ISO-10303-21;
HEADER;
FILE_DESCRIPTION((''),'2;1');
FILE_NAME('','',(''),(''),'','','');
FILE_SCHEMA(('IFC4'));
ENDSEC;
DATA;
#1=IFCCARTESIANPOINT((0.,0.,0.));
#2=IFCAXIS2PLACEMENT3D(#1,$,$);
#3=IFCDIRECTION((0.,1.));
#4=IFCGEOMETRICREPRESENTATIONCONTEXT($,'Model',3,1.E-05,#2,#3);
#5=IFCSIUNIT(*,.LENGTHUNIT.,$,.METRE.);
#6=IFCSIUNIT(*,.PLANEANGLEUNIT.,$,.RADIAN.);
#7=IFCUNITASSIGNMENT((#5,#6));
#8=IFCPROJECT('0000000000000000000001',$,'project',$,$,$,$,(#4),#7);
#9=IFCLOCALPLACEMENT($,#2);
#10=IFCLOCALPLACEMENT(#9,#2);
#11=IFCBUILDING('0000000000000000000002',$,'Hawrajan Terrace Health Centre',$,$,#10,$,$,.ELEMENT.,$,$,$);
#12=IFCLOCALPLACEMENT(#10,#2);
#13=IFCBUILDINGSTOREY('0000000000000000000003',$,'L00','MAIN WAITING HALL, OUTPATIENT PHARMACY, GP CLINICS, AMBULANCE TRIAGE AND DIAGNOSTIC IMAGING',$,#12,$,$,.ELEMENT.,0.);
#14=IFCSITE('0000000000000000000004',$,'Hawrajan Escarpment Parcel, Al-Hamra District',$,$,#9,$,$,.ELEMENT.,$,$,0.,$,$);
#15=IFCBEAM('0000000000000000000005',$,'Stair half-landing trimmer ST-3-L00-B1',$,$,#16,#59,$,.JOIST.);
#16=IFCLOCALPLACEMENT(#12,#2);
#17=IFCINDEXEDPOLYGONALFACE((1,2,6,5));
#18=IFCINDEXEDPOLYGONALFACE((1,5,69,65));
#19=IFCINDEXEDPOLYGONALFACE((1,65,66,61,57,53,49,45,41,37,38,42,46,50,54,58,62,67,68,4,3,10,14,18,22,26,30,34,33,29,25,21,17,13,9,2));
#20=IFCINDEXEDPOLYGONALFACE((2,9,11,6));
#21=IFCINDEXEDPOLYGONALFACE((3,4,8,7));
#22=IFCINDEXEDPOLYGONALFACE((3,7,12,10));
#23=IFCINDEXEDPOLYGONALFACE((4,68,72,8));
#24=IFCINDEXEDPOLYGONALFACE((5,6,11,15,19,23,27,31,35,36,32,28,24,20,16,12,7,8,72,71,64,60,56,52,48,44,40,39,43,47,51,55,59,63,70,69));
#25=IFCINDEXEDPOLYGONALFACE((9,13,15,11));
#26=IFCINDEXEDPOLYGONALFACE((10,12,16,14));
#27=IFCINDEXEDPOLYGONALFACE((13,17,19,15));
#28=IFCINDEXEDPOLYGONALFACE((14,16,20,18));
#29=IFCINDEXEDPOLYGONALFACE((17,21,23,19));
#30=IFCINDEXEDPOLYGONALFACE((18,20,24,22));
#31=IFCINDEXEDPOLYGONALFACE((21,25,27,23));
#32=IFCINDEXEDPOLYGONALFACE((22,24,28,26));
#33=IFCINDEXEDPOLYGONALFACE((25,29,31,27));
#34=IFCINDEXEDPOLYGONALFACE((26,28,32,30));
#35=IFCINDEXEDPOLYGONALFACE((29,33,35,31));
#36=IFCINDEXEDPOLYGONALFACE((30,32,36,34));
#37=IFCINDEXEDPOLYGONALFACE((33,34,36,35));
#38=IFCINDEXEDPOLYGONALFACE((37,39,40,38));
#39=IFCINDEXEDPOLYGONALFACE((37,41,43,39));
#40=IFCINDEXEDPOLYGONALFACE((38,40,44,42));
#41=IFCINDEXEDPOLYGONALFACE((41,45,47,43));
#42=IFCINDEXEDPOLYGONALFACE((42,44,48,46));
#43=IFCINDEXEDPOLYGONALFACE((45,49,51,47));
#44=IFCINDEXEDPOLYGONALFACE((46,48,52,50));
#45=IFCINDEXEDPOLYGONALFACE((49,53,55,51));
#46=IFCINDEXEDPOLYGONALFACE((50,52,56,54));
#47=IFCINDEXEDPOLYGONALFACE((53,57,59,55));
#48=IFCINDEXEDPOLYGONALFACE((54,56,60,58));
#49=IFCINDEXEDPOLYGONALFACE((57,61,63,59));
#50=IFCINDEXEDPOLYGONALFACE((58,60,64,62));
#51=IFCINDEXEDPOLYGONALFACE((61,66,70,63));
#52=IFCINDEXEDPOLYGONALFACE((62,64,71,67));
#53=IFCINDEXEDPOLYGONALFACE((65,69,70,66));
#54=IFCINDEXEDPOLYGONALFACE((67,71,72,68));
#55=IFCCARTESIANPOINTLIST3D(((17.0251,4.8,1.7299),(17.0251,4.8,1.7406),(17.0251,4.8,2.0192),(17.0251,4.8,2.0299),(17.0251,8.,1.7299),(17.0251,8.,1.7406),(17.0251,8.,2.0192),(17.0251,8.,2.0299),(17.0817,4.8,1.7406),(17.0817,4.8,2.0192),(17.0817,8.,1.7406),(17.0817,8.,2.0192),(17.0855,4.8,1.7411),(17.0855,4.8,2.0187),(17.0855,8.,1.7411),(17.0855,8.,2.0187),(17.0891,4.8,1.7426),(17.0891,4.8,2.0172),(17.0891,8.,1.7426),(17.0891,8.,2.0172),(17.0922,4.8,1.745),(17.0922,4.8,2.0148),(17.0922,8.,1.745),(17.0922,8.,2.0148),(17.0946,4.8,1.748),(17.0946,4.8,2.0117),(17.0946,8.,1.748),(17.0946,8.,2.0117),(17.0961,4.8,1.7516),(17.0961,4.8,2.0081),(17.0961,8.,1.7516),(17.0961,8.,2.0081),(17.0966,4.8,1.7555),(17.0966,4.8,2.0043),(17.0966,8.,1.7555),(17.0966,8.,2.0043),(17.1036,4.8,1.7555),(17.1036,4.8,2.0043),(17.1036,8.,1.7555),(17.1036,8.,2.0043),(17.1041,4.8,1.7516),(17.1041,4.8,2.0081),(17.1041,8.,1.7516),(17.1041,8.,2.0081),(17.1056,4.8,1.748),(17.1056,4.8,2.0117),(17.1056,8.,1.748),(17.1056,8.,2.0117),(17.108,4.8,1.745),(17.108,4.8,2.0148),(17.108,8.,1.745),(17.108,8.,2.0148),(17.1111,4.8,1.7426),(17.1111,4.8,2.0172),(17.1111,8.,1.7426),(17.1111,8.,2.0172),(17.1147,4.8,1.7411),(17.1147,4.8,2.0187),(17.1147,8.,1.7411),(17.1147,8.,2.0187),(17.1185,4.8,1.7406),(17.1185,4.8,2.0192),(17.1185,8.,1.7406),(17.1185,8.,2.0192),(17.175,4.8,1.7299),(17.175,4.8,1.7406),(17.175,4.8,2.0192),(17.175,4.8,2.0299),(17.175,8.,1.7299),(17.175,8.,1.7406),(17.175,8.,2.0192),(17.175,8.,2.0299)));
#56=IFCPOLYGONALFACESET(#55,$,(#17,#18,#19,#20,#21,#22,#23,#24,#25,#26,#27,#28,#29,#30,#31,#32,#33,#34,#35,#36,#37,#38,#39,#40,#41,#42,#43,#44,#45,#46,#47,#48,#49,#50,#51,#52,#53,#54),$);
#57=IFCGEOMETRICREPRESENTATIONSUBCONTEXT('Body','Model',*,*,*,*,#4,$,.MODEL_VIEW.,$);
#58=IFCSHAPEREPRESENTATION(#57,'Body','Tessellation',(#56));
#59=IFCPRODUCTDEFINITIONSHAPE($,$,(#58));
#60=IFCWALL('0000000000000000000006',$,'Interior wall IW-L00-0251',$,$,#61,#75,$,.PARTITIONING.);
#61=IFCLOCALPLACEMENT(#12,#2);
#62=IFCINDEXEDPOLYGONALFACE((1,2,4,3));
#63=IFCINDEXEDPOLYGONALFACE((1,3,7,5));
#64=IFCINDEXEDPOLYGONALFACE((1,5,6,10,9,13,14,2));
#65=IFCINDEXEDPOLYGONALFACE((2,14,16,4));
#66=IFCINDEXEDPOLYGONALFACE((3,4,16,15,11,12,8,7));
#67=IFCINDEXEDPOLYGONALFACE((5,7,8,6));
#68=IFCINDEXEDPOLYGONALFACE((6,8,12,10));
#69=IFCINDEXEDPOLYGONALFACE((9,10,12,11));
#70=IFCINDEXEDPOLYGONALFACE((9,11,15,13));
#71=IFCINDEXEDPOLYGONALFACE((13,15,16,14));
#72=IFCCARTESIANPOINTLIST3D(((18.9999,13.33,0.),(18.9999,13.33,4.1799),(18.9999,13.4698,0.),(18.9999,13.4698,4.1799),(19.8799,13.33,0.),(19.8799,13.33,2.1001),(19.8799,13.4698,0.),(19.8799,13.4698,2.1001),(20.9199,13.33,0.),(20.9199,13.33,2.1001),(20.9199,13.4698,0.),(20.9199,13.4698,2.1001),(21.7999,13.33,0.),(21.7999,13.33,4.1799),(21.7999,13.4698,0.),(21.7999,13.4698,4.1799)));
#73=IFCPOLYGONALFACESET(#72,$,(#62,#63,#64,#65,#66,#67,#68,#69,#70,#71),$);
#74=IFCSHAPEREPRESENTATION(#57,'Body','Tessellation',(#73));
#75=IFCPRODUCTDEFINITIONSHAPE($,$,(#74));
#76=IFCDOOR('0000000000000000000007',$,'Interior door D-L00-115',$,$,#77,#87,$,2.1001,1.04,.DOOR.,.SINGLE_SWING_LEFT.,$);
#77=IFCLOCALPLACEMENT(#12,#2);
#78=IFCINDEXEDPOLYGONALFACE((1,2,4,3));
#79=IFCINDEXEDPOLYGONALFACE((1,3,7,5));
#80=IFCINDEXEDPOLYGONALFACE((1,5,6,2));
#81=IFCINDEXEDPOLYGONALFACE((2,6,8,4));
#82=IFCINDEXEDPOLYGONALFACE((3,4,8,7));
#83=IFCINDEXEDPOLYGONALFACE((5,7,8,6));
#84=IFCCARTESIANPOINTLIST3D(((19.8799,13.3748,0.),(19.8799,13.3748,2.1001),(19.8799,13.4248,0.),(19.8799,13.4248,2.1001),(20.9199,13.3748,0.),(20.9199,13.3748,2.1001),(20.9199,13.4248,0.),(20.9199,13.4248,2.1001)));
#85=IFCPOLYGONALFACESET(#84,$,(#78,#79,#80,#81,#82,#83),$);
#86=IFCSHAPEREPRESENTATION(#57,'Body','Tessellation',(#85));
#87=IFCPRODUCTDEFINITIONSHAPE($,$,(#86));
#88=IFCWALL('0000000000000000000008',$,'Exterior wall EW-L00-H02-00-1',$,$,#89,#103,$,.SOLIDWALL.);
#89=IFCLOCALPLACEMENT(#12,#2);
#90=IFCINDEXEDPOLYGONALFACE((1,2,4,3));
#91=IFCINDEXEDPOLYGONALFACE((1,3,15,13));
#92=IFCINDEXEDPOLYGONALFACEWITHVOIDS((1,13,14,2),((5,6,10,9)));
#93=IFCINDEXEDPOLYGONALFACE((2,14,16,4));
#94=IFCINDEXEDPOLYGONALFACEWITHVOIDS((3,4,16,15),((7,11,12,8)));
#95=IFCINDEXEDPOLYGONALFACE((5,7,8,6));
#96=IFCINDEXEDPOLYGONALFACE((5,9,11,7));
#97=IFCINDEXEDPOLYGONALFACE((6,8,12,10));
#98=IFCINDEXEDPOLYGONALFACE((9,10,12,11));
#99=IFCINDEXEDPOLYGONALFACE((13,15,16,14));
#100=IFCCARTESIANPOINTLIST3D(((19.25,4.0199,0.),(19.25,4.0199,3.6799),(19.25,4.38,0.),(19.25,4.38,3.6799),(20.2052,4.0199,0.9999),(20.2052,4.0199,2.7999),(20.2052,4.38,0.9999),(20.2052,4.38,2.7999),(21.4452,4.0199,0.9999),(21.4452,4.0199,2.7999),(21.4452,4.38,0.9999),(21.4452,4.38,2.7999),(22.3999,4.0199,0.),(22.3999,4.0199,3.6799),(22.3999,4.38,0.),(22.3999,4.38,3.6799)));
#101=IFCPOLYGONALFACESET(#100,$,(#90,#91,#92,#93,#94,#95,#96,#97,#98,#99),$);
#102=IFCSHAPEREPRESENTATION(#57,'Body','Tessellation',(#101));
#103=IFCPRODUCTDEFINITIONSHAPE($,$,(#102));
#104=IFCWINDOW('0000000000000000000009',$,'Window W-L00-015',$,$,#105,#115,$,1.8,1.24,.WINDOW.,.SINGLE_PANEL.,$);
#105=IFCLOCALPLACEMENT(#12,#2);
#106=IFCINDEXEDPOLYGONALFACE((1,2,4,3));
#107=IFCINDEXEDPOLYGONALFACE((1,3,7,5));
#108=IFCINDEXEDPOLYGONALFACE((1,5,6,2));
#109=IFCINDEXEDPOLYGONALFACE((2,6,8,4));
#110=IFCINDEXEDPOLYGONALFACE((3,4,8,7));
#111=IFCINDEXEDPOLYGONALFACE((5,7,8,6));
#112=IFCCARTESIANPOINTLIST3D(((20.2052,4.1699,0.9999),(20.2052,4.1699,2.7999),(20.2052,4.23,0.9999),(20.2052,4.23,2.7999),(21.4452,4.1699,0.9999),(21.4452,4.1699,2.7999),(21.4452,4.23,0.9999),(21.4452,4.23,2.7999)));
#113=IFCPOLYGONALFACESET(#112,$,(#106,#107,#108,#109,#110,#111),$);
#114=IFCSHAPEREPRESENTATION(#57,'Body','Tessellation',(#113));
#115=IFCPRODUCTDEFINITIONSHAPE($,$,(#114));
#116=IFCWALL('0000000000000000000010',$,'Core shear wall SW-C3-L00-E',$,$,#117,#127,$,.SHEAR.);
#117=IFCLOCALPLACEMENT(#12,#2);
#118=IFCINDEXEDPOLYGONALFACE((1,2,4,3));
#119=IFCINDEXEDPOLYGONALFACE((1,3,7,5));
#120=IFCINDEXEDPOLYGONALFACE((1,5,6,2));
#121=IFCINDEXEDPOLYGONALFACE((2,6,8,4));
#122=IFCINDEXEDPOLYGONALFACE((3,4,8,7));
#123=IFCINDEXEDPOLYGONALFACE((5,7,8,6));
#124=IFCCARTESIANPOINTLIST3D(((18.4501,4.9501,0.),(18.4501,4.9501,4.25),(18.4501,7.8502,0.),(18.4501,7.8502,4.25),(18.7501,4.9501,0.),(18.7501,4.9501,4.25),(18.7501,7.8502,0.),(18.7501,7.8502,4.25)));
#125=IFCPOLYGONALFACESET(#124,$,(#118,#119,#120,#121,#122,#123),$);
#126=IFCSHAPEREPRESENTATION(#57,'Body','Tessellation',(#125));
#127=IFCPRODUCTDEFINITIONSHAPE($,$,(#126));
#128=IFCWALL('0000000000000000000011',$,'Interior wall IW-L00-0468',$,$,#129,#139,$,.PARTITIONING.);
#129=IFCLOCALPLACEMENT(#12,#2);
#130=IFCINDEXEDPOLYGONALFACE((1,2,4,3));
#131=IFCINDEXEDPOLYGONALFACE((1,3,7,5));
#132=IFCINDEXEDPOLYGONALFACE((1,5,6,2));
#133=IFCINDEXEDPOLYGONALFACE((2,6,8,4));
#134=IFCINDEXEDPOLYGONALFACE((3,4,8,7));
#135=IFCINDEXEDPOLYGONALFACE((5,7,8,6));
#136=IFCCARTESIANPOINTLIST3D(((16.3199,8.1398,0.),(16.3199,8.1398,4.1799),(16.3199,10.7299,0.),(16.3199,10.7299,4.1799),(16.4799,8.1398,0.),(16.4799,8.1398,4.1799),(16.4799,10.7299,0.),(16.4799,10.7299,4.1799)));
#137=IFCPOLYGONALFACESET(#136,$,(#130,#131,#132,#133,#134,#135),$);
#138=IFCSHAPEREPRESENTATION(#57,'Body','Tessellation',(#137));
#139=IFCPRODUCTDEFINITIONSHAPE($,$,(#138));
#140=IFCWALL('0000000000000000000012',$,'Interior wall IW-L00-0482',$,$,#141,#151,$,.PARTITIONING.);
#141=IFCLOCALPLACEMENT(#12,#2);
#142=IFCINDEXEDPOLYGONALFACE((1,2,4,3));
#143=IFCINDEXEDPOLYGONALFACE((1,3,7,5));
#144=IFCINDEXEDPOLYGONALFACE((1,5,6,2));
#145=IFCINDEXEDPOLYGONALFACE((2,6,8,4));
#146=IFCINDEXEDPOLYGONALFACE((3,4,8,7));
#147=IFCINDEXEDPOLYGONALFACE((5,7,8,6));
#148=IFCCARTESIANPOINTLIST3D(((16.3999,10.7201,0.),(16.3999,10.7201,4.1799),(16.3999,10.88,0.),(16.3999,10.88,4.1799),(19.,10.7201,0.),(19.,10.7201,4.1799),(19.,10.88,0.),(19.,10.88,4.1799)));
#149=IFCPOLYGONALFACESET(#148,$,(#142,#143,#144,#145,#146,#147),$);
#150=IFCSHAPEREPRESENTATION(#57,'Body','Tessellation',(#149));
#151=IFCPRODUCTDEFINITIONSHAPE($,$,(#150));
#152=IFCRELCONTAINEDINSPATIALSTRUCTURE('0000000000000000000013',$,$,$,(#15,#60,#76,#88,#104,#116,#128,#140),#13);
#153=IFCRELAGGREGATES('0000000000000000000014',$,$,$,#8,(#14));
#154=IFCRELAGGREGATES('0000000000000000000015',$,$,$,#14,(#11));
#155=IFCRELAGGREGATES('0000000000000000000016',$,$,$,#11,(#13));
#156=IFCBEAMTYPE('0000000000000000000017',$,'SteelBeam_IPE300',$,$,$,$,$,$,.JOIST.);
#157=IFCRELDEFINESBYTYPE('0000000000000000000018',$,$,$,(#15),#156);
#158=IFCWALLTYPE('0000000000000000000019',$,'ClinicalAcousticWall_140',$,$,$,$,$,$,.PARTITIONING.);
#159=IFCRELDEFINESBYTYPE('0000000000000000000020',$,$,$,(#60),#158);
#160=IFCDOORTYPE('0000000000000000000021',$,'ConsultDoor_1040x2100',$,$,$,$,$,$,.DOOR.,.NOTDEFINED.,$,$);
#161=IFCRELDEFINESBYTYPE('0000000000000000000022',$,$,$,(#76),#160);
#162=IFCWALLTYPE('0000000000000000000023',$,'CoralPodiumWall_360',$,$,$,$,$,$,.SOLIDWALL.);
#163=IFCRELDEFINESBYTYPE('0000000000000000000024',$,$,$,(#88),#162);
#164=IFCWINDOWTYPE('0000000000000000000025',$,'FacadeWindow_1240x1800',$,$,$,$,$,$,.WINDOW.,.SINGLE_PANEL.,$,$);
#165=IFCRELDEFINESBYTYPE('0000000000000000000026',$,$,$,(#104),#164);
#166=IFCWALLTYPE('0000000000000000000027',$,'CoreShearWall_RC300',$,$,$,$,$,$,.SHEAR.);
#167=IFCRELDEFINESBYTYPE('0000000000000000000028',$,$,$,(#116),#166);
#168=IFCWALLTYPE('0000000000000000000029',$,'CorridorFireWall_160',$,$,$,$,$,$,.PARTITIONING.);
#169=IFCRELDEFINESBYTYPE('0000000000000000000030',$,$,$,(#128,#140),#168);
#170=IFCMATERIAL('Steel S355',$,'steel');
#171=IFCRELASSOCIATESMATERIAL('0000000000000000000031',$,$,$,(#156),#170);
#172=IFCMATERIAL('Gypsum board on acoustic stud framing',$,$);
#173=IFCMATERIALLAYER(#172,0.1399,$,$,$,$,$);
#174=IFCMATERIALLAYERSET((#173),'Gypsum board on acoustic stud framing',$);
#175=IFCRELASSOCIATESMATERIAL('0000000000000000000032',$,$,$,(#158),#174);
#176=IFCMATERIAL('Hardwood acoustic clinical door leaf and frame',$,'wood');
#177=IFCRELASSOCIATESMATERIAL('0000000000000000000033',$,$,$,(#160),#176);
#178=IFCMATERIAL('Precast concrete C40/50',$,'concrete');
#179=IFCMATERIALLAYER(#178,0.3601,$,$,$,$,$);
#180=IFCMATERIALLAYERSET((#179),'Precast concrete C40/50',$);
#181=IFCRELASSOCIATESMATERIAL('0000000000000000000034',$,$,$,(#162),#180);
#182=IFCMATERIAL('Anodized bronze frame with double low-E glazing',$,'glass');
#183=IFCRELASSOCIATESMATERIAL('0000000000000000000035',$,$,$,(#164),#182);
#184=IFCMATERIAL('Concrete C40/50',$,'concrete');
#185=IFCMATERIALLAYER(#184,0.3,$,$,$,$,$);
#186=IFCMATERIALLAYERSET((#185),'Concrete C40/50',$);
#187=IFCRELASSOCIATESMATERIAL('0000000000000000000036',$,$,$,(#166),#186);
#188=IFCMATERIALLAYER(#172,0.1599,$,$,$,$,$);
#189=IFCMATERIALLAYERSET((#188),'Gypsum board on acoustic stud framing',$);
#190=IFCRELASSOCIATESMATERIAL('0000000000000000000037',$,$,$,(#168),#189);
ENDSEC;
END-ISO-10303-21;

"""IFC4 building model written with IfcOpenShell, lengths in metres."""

from ifc_helpers import new_model, si_unit, direction, frame, frame_2d, origin, origin_2d, place, context, subcontext, project, spatial, rectangle, i_section, extrude, material, layer, layer_set, material_profile, profile_set, type_object, element, fill, save


model = new_model("IFC4")

# Units and contexts
model_context = context("Model", 3, precision=1e-05, world=origin(), true_north=direction((0.0, 1.0)))
body_context = subcontext(model_context, "Body", "Model", "MODEL_VIEW")
ifc_project = project(units=[si_unit("LENGTHUNIT", "METRE"), si_unit("PLANEANGLEUNIT", "RADIAN")], contexts=[model_context])

# Site, building, storey
site_placement = place(None, origin())
site = spatial("IfcSite", under=ifc_project, at=site_placement, Name="Hawrajan Escarpment Parcel, Al-Hamra District", CompositionType="ELEMENT", RefElevation=0.0)
building_placement = place(site_placement, origin())
building = spatial("IfcBuilding", under=site, at=building_placement, Name="Hawrajan Terrace Health Centre", CompositionType="ELEMENT")
storey_placement = place(building_placement, origin())
storey = spatial("IfcBuildingStorey", under=building, at=storey_placement, Name="L00", Description="MAIN WAITING HALL, OUTPATIENT PHARMACY, GP CLINICS, AMBULANCE TRIAGE AND DIAGNOSTIC IMAGING", CompositionType="ELEMENT", Elevation=0.0)

# Shared definitions
ifc_material_1 = material(Name="Concrete C40/50", Category="concrete")

# Beam
ifc_material_2 = material(Name="Steel S355", Category="steel")
ifc_material_profile_1 = material_profile(ifc_material_2, i_section(OverallWidth=0.1499, OverallDepth=0.3, WebThickness=0.0071, FlangeThickness=0.0107, FilletRadius=0.0149, at=origin_2d()), Name="IPE 300")
ifc_profile_set_1 = profile_set([ifc_material_profile_1], Name="Steel S355")
beam_type_1 = type_object("IfcBeamType", Name="SteelBeam_IPE300", PredefinedType="JOIST", material=ifc_profile_set_1)
beam_1_placement = place(storey_placement, frame((17.1001, 4.8, 1.8799), z_axis=(0.0, 1.0, 0.0), x_axis=(-1.0, 0.0, 0.0)))
element("IfcBeam", 1, at=beam_1_placement, inside=storey, type_object=beam_type_1, Name="Stair half-landing trimmer ST-3-L00-B1", PredefinedType="JOIST", context=body_context, shape_type="SweptSolid", body=[
    extrude(i_section(OverallWidth=0.1499, OverallDepth=0.3, WebThickness=0.0071, FlangeThickness=0.0107, FilletRadius=0.0149, at=origin_2d()), origin(), (0.0, 0.0, 1.0), 3.2),
])

# Wall, opening, door
ifc_material_3 = material(Name="Gypsum board on acoustic stud framing")
ifc_layer_1 = layer(ifc_material_3, 0.1399)
ifc_layer_set_1 = layer_set([ifc_layer_1], Name="Gypsum board on acoustic stud framing")
wall_type_1 = type_object("IfcWallType", Name="ClinicalAcousticWall_140", PredefinedType="PARTITIONING", material=ifc_layer_set_1)
wall_1_placement = place(storey_placement, frame((19.0, 13.3999, 0.0), z_axis=(0.0, 0.0, 1.0), x_axis=(1.0, 0.0, 0.0)))
wall_1 = element("IfcWall", 2, at=wall_1_placement, inside=storey, type_object=wall_type_1, Name="Interior wall IW-L00-0251", PredefinedType="PARTITIONING", context=body_context, shape_type="SweptSolid", body=[
    extrude(rectangle(XDim=2.8, YDim=0.1399, at=frame_2d((1.3999, 0.0))), origin(), (0.0, 0.0, 1.0), 4.1799),
])
opening_1_placement = place(wall_1_placement, frame((0.8799, 0.0, 0.0)))
opening_1 = element("IfcOpeningElement", 3, at=opening_1_placement, cuts=wall_1, PredefinedType="OPENING", context=body_context, shape_type="SweptSolid", body=[
    extrude(rectangle(XDim=1.04, YDim=2.1001, at=frame_2d((0.52, 1.05))), frame((0.0, 0.0798, 0.0), z_axis=(0.0, -1.0, 0.0), x_axis=(1.0, 0.0, 0.0)), (0.0, 0.0, 1.0), 0.1599),
])
ifc_material_4 = material(Name="Hardwood acoustic clinical door leaf and frame", Category="wood")
door_type_1 = type_object("IfcDoorType", Name="ConsultDoor_1040x2100", OperationType="NOTDEFINED", PredefinedType="DOOR", material=ifc_material_4)
door_1_placement = place(opening_1_placement, origin())
door_1 = element("IfcDoor", 4, at=door_1_placement, inside=storey, type_object=door_type_1, Name="Interior door D-L00-115", OperationType="SINGLE_SWING_LEFT", OverallHeight=2.1001, OverallWidth=1.04, PredefinedType="DOOR", context=body_context, shape_type="SweptSolid", body=[
    extrude(rectangle(XDim=1.04, YDim=2.1001, at=frame_2d((0.52, 1.05))), frame((0.0, 0.0249, 0.0), z_axis=(0.0, -1.0, 0.0), x_axis=(1.0, 0.0, 0.0)), (0.0, 0.0, 1.0), 0.05),
])
fill(opening_1, door_1)

# Wall, opening, window
ifc_material_5 = material(Name="Precast concrete C40/50", Category="concrete")
ifc_layer_2 = layer(ifc_material_5, 0.3601)
ifc_layer_set_2 = layer_set([ifc_layer_2], Name="Precast concrete C40/50")
wall_type_2 = type_object("IfcWallType", Name="CoralPodiumWall_360", PredefinedType="SOLIDWALL", material=ifc_layer_set_2)
wall_2_placement = place(storey_placement, frame((19.25, 4.2, 0.0), z_axis=(0.0, 0.0, 1.0), x_axis=(1.0, 0.0, 0.0)))
wall_2 = element("IfcWall", 5, at=wall_2_placement, inside=storey, type_object=wall_type_2, Name="Exterior wall EW-L00-H02-00-1", PredefinedType="SOLIDWALL", context=body_context, shape_type="SweptSolid", body=[
    extrude(rectangle(XDim=3.1499, YDim=0.3601, at=frame_2d((1.575, 0.0))), origin(), (0.0, 0.0, 1.0), 3.6799),
])
opening_2_placement = place(wall_2_placement, frame((0.9551, 0.0, 1.0)))
opening_2 = element("IfcOpeningElement", 6, at=opening_2_placement, cuts=wall_2, PredefinedType="OPENING", context=body_context, shape_type="SweptSolid", body=[
    extrude(rectangle(XDim=1.24, YDim=1.8, at=frame_2d((0.6201, 0.8999))), frame((0.0, 0.1899, 0.0), z_axis=(0.0, -1.0, 0.0), x_axis=(1.0, 0.0, 0.0)), (0.0, 0.0, 1.0), 0.3801),
])
ifc_material_6 = material(Name="Anodized bronze frame with double low-E glazing", Category="glass")
window_type = type_object("IfcWindowType", Name="FacadeWindow_1240x1800", PartitioningType="SINGLE_PANEL", PredefinedType="WINDOW", material=ifc_material_6)
window_placement = place(opening_2_placement, origin())
window = element("IfcWindow", 7, at=window_placement, inside=storey, type_object=window_type, Name="Window W-L00-015", OverallHeight=1.8, OverallWidth=1.24, PartitioningType="SINGLE_PANEL", PredefinedType="WINDOW", context=body_context, shape_type="SweptSolid", body=[
    extrude(rectangle(XDim=1.24, YDim=1.8, at=frame_2d((0.6201, 0.8999))), frame((0.0, 0.03, 0.0), z_axis=(0.0, -1.0, 0.0), x_axis=(1.0, 0.0, 0.0)), (0.0, 0.0, 1.0), 0.0601),
])
fill(opening_2, window)

# Walls
ifc_layer_3 = layer(ifc_material_1, 0.3)
ifc_layer_set_3 = layer_set([ifc_layer_3], Name="Concrete C40/50")
wall_type_3 = type_object("IfcWallType", Name="CoreShearWall_RC300", PredefinedType="SHEAR", material=ifc_layer_set_3)
wall_3_placement = place(storey_placement, frame((18.6001, 4.95, 0.0), z_axis=(0.0, 0.0, 1.0), x_axis=(0.0, 1.0, 0.0)))
element("IfcWall", 8, at=wall_3_placement, inside=storey, type_object=wall_type_3, Name="Core shear wall SW-C3-L00-E", PredefinedType="SHEAR", context=body_context, shape_type="SweptSolid", body=[
    extrude(rectangle(XDim=2.9001, YDim=0.3, at=frame_2d((1.4502, 0.0))), origin(), (0.0, 0.0, 1.0), 4.25),
])
ifc_layer_4 = layer(ifc_material_3, 0.1599)
ifc_layer_set_4 = layer_set([ifc_layer_4], Name="Gypsum board on acoustic stud framing")
wall_type_4 = type_object("IfcWallType", Name="CorridorFireWall_160", PredefinedType="PARTITIONING", material=ifc_layer_set_4)
wall_4_placement = place(storey_placement, frame((16.3999, 8.1399, 0.0), z_axis=(0.0, 0.0, 1.0), x_axis=(0.0, 1.0, 0.0)))
element("IfcWall", 9, at=wall_4_placement, inside=storey, type_object=wall_type_4, Name="Interior wall IW-L00-0468", PredefinedType="PARTITIONING", context=body_context, shape_type="SweptSolid", body=[
    extrude(rectangle(XDim=2.5901, YDim=0.1599, at=frame_2d((1.2949, 0.0))), origin(), (0.0, 0.0, 1.0), 4.1799),
])
wall_5_placement = place(storey_placement, frame((16.3999, 10.8, 0.0), z_axis=(0.0, 0.0, 1.0), x_axis=(1.0, 0.0, 0.0)))
element("IfcWall", 10, at=wall_5_placement, inside=storey, type_object=wall_type_4, Name="Interior wall IW-L00-0482", PredefinedType="PARTITIONING", context=body_context, shape_type="SweptSolid", body=[
    extrude(rectangle(XDim=2.6001, YDim=0.1599, at=frame_2d((1.3, 0.0))), origin(), (0.0, 0.0, 1.0), 4.1799),
])

save(model, "model.ifc")
